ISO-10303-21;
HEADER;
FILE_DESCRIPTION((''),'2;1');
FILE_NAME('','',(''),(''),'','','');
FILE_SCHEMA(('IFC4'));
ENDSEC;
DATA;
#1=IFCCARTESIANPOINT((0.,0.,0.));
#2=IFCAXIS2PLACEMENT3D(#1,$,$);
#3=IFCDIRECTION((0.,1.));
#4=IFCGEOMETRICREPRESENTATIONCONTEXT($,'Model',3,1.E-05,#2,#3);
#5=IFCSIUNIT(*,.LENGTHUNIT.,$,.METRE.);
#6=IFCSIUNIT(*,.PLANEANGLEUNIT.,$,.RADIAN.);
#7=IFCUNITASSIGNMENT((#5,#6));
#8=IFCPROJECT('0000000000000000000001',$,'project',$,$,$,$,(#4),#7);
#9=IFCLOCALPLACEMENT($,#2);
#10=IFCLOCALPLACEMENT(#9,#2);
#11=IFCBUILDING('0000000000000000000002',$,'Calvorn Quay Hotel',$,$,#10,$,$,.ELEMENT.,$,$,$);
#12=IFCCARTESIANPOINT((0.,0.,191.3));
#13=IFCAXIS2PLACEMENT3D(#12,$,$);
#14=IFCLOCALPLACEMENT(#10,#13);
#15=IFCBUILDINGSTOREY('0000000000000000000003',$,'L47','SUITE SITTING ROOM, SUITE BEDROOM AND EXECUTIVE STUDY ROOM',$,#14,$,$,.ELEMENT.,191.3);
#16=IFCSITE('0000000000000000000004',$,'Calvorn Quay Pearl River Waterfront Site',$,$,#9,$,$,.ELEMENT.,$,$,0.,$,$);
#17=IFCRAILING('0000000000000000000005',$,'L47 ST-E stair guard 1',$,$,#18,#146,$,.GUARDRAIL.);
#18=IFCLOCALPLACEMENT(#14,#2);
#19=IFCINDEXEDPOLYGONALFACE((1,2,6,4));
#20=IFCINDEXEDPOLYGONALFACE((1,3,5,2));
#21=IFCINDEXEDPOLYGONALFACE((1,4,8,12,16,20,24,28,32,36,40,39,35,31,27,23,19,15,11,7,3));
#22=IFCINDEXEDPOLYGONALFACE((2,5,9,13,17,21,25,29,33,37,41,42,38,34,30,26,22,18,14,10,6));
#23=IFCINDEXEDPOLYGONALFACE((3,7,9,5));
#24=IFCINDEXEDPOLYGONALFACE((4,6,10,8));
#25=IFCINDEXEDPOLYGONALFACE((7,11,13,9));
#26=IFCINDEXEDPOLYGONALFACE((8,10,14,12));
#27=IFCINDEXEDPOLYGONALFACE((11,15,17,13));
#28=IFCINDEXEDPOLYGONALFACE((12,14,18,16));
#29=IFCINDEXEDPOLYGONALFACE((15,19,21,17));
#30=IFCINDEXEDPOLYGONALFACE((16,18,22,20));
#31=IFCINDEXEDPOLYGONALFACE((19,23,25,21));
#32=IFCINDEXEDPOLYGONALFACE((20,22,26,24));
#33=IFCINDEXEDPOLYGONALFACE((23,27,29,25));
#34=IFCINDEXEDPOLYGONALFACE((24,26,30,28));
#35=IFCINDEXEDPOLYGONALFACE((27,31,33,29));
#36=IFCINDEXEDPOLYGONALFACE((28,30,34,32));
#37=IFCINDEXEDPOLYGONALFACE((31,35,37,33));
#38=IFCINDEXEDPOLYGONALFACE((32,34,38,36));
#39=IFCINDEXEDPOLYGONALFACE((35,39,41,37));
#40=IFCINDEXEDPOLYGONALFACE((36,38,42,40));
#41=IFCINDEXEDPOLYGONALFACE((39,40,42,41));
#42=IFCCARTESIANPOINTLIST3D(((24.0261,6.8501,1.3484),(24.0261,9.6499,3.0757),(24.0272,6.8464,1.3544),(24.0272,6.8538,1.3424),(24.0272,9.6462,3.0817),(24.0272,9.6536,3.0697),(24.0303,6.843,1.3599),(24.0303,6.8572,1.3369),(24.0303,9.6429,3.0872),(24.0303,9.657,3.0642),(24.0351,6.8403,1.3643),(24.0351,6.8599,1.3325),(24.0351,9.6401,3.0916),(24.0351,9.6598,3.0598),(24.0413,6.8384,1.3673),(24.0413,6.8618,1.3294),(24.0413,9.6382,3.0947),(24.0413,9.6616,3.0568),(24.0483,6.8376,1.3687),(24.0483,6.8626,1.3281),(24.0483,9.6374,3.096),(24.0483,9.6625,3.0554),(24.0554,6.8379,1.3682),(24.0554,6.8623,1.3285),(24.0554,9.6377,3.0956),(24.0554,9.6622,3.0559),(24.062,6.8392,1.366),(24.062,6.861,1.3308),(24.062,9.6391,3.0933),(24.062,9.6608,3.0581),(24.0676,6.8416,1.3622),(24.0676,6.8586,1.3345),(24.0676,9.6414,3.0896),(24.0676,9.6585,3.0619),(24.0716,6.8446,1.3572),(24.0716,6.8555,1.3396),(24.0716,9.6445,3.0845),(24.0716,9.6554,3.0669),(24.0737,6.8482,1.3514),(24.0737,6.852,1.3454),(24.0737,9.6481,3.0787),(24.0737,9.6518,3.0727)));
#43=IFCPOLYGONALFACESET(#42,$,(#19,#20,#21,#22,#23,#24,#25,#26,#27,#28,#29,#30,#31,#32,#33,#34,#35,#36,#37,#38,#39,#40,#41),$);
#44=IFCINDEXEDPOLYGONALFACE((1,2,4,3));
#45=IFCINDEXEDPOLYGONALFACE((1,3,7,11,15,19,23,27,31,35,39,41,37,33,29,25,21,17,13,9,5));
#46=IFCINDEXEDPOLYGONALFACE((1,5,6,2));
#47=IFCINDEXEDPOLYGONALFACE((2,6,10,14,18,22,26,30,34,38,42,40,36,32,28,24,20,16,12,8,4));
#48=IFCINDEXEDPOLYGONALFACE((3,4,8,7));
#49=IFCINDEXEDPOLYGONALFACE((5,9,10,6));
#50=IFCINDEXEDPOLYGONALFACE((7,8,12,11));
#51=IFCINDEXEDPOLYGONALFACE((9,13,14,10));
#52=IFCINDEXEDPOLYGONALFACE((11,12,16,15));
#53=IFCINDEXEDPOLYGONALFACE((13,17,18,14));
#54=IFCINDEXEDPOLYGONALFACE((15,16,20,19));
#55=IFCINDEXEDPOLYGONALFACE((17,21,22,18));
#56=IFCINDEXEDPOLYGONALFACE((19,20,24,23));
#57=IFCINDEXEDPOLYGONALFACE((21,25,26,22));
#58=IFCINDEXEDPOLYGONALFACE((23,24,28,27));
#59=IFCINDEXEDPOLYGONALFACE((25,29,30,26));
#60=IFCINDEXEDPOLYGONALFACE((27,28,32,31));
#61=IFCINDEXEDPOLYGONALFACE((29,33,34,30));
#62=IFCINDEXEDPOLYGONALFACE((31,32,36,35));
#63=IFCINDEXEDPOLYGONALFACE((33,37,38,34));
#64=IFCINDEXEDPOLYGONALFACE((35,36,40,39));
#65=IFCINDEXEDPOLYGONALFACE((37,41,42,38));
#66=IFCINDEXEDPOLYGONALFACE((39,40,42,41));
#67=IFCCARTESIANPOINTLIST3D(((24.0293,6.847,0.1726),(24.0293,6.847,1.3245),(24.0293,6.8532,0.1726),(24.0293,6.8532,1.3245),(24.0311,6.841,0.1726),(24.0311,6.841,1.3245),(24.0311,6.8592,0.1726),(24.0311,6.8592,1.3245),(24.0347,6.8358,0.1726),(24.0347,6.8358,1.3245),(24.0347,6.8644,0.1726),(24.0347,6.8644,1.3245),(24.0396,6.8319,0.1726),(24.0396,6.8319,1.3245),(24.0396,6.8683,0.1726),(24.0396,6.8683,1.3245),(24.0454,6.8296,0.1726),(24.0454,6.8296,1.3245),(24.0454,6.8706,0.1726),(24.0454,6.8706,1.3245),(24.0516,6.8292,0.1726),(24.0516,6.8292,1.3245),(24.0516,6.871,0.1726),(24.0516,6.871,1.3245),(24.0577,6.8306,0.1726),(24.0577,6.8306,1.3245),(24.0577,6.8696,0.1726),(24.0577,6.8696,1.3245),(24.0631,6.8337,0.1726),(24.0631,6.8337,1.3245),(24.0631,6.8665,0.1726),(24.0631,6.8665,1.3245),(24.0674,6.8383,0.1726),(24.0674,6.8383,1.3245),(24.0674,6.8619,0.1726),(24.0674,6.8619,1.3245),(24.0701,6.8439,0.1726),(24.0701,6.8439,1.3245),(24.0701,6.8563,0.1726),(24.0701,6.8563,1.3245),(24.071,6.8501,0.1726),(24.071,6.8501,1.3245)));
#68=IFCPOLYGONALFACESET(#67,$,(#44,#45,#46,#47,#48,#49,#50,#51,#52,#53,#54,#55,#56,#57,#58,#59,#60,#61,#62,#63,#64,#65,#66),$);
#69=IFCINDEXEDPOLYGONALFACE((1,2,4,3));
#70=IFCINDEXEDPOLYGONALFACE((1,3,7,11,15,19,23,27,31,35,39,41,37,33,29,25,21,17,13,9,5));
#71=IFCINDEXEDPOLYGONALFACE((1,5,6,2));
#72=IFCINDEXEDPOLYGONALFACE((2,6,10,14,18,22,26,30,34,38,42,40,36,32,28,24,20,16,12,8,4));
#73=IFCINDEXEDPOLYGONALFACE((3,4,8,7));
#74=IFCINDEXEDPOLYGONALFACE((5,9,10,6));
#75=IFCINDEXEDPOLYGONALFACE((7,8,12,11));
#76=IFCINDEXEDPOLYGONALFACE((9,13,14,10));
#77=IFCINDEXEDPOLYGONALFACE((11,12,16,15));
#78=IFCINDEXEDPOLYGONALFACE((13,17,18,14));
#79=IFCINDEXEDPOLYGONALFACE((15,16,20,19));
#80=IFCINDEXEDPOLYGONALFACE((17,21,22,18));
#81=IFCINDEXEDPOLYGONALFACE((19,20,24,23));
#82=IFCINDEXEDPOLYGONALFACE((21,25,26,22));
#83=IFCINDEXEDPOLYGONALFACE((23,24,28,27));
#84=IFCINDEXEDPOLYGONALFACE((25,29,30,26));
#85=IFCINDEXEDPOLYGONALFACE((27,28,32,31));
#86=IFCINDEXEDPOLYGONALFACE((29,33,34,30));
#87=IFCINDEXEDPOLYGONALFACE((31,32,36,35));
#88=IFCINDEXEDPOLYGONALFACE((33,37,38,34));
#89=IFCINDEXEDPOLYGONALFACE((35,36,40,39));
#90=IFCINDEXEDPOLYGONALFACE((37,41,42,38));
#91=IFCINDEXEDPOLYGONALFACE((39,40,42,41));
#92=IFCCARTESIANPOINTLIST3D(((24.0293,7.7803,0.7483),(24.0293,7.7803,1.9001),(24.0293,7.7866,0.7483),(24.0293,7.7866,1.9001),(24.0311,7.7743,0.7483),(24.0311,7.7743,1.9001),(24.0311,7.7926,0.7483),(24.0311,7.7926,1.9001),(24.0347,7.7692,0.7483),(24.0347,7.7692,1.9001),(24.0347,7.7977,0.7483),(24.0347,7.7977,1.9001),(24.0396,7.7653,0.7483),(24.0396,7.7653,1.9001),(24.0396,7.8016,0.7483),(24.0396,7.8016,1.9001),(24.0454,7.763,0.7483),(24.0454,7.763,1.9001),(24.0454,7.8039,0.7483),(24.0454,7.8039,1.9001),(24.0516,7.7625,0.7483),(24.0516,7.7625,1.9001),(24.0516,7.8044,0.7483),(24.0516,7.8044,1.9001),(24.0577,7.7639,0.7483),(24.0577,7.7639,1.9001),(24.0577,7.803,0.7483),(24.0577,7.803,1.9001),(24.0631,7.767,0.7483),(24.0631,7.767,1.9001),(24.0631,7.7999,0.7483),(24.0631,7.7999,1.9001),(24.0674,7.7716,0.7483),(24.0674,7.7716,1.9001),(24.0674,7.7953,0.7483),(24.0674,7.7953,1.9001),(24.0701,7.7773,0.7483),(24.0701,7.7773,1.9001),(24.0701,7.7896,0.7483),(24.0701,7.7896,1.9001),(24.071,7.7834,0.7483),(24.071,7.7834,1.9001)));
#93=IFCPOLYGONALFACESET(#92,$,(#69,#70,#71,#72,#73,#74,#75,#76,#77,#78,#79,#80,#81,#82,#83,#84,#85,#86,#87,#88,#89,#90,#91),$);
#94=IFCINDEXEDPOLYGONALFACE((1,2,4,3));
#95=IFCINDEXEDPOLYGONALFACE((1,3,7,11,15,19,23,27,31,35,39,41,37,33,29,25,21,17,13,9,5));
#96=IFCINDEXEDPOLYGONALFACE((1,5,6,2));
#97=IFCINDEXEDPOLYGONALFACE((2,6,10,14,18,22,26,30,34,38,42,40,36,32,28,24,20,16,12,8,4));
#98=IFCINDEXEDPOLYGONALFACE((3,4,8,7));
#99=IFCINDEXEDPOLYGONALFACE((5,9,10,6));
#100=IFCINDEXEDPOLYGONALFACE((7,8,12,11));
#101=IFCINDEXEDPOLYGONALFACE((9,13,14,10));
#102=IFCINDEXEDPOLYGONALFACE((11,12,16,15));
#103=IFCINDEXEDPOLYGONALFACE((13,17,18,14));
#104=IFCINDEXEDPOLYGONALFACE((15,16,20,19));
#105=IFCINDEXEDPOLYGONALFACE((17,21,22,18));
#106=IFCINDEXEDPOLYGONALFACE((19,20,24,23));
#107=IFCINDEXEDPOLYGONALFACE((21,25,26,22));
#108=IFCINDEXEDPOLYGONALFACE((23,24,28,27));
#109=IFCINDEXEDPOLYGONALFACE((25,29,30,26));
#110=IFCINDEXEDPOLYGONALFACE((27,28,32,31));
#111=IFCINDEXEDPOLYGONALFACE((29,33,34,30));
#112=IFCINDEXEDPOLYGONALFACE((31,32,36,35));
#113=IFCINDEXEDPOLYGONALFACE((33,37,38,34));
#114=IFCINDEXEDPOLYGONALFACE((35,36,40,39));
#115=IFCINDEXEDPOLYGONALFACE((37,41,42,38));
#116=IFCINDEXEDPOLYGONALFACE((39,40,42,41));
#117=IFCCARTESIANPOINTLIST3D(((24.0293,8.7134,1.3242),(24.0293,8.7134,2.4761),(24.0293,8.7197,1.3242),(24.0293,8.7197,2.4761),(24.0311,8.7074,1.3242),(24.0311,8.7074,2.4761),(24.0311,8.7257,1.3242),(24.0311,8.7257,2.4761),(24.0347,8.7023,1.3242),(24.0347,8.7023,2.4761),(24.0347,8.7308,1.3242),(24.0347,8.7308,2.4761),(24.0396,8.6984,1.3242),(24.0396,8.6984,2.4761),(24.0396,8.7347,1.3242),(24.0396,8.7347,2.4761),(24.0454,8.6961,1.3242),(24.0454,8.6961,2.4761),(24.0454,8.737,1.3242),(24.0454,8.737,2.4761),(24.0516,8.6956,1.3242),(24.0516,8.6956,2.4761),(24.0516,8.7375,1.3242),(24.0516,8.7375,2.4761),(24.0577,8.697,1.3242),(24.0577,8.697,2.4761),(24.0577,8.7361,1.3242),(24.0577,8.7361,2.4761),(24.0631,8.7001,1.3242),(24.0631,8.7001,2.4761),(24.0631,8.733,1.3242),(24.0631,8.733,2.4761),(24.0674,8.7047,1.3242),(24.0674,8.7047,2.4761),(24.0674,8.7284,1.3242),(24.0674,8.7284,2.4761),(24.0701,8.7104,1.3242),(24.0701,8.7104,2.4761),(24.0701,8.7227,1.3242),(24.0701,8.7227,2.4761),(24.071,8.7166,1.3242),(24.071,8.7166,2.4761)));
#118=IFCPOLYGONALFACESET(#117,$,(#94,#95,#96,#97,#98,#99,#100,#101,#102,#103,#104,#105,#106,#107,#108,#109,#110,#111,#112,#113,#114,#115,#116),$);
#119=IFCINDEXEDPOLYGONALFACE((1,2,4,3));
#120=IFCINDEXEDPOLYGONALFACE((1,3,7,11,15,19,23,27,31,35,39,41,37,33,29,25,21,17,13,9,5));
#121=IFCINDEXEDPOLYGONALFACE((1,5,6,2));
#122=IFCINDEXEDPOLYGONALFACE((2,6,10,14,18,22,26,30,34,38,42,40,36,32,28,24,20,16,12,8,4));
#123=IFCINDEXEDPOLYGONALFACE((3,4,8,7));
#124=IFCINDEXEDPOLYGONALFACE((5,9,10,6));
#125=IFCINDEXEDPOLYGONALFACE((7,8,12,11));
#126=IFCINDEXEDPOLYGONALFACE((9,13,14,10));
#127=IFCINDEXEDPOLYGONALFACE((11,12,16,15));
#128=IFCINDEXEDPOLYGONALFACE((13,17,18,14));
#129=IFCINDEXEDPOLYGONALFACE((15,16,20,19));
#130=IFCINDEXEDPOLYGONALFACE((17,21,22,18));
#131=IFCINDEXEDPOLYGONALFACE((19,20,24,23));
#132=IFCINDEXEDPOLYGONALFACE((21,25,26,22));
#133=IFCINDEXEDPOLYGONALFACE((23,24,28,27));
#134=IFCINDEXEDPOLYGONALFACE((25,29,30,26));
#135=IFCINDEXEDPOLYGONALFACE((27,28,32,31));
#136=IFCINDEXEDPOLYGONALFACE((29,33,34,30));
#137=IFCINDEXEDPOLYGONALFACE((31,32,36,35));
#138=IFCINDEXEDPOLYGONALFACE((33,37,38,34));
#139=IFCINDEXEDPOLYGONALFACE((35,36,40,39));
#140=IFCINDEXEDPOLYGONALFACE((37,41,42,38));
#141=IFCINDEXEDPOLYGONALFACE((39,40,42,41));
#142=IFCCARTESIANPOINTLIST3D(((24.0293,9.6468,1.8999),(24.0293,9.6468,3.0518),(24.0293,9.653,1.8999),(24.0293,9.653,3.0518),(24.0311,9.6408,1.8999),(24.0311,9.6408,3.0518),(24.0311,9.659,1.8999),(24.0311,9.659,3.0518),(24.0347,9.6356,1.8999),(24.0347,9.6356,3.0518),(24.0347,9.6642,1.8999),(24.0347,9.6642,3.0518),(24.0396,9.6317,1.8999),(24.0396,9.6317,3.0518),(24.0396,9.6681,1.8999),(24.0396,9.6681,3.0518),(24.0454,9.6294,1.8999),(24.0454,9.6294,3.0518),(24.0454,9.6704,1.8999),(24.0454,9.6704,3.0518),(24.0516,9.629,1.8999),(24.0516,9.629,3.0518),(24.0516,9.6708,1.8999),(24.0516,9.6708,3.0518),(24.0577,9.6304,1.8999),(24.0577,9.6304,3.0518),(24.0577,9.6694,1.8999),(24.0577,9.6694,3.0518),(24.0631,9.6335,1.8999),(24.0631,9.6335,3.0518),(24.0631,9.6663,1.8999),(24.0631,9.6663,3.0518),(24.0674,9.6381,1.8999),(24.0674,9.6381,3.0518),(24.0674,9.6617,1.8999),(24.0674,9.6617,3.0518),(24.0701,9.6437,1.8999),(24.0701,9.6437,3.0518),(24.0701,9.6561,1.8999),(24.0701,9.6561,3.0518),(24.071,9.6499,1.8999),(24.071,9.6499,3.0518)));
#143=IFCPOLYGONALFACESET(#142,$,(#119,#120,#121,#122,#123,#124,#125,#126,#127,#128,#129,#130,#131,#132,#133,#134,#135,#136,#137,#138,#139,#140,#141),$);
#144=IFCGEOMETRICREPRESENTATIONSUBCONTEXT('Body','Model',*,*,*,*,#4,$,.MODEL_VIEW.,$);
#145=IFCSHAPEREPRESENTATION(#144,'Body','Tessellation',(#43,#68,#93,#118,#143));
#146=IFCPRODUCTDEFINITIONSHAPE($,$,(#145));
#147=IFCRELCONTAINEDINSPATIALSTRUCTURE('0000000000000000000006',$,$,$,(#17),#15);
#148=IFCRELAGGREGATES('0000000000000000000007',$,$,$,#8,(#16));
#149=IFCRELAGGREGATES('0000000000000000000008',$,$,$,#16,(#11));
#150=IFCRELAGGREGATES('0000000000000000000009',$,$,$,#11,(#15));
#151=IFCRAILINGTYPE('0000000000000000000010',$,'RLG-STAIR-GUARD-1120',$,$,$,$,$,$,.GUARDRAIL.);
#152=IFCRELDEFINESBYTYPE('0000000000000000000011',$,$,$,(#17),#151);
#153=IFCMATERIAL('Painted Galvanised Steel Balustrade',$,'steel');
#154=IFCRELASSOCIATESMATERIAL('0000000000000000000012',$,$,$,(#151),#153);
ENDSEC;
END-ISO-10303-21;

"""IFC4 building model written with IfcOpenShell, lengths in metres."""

from ifc_helpers import new_model, si_unit, direction, frame, origin, origin_2d, place, context, subcontext, project, spatial, circle, extrude, material, type_object, element, save


model = new_model("IFC4")

# Units and contexts
model_context = context("Model", 3, precision=1e-05, world=origin(), true_north=direction((0.0, 1.0)))
body_context = subcontext(model_context, "Body", "Model", "MODEL_VIEW")
ifc_project = project(units=[si_unit("LENGTHUNIT", "METRE"), si_unit("PLANEANGLEUNIT", "RADIAN")], contexts=[model_context])

# Site, building, storey
site_placement = place(None, origin())
site = spatial("IfcSite", under=ifc_project, at=site_placement, Name="Calvorn Quay Pearl River Waterfront Site", CompositionType="ELEMENT", RefElevation=0.0)
building_placement = place(site_placement, origin())
building = spatial("IfcBuilding", under=site, at=building_placement, Name="Calvorn Quay Hotel", CompositionType="ELEMENT")
storey_placement = place(building_placement, frame((0.0, 0.0, 191.3)))
storey = spatial("IfcBuildingStorey", under=building, at=storey_placement, Name="L47", Description="SUITE SITTING ROOM, SUITE BEDROOM AND EXECUTIVE STUDY ROOM", CompositionType="ELEMENT", Elevation=191.3)

# Railing
ifc_material_1 = material(Name="Painted Galvanised Steel Balustrade", Category="steel")
railing_type_1 = type_object("IfcRailingType", Name="RLG-STAIR-GUARD-1120", PredefinedType="GUARDRAIL", material=ifc_material_1)
railing_1_placement = place(storey_placement, frame((24.05, 6.8501, 0.1726)))
element("IfcRailing", 1, at=railing_1_placement, inside=storey, type_object=railing_type_1, Name="L47 ST-E stair guard 1", PredefinedType="GUARDRAIL", context=body_context, shape_type="SweptSolid", body=[
    extrude(circle(Radius=0.0239, at=origin_2d()), frame((0.0, 0.0, 1.1758), z_axis=(0.0, 0.851069, 0.525054), x_axis=(-1.0, 0.0, 0.0)), (0.0, 0.0, 1.0), 3.2898),
    extrude(circle(Radius=0.021, at=origin_2d()), origin(), (0.0, 0.0, 1.0), 1.1519),
    extrude(circle(Radius=0.021, at=origin_2d()), frame((0.0, 0.9333, 0.5757)), (0.0, 0.0, 1.0), 1.1519),
    extrude(circle(Radius=0.021, at=origin_2d()), frame((0.0, 1.8665, 1.1516)), (0.0, 0.0, 1.0), 1.1519),
    extrude(circle(Radius=0.021, at=origin_2d()), frame((0.0, 2.7998, 1.7273)), (0.0, 0.0, 1.0), 1.1519),
])

save(model, "model.ifc")
